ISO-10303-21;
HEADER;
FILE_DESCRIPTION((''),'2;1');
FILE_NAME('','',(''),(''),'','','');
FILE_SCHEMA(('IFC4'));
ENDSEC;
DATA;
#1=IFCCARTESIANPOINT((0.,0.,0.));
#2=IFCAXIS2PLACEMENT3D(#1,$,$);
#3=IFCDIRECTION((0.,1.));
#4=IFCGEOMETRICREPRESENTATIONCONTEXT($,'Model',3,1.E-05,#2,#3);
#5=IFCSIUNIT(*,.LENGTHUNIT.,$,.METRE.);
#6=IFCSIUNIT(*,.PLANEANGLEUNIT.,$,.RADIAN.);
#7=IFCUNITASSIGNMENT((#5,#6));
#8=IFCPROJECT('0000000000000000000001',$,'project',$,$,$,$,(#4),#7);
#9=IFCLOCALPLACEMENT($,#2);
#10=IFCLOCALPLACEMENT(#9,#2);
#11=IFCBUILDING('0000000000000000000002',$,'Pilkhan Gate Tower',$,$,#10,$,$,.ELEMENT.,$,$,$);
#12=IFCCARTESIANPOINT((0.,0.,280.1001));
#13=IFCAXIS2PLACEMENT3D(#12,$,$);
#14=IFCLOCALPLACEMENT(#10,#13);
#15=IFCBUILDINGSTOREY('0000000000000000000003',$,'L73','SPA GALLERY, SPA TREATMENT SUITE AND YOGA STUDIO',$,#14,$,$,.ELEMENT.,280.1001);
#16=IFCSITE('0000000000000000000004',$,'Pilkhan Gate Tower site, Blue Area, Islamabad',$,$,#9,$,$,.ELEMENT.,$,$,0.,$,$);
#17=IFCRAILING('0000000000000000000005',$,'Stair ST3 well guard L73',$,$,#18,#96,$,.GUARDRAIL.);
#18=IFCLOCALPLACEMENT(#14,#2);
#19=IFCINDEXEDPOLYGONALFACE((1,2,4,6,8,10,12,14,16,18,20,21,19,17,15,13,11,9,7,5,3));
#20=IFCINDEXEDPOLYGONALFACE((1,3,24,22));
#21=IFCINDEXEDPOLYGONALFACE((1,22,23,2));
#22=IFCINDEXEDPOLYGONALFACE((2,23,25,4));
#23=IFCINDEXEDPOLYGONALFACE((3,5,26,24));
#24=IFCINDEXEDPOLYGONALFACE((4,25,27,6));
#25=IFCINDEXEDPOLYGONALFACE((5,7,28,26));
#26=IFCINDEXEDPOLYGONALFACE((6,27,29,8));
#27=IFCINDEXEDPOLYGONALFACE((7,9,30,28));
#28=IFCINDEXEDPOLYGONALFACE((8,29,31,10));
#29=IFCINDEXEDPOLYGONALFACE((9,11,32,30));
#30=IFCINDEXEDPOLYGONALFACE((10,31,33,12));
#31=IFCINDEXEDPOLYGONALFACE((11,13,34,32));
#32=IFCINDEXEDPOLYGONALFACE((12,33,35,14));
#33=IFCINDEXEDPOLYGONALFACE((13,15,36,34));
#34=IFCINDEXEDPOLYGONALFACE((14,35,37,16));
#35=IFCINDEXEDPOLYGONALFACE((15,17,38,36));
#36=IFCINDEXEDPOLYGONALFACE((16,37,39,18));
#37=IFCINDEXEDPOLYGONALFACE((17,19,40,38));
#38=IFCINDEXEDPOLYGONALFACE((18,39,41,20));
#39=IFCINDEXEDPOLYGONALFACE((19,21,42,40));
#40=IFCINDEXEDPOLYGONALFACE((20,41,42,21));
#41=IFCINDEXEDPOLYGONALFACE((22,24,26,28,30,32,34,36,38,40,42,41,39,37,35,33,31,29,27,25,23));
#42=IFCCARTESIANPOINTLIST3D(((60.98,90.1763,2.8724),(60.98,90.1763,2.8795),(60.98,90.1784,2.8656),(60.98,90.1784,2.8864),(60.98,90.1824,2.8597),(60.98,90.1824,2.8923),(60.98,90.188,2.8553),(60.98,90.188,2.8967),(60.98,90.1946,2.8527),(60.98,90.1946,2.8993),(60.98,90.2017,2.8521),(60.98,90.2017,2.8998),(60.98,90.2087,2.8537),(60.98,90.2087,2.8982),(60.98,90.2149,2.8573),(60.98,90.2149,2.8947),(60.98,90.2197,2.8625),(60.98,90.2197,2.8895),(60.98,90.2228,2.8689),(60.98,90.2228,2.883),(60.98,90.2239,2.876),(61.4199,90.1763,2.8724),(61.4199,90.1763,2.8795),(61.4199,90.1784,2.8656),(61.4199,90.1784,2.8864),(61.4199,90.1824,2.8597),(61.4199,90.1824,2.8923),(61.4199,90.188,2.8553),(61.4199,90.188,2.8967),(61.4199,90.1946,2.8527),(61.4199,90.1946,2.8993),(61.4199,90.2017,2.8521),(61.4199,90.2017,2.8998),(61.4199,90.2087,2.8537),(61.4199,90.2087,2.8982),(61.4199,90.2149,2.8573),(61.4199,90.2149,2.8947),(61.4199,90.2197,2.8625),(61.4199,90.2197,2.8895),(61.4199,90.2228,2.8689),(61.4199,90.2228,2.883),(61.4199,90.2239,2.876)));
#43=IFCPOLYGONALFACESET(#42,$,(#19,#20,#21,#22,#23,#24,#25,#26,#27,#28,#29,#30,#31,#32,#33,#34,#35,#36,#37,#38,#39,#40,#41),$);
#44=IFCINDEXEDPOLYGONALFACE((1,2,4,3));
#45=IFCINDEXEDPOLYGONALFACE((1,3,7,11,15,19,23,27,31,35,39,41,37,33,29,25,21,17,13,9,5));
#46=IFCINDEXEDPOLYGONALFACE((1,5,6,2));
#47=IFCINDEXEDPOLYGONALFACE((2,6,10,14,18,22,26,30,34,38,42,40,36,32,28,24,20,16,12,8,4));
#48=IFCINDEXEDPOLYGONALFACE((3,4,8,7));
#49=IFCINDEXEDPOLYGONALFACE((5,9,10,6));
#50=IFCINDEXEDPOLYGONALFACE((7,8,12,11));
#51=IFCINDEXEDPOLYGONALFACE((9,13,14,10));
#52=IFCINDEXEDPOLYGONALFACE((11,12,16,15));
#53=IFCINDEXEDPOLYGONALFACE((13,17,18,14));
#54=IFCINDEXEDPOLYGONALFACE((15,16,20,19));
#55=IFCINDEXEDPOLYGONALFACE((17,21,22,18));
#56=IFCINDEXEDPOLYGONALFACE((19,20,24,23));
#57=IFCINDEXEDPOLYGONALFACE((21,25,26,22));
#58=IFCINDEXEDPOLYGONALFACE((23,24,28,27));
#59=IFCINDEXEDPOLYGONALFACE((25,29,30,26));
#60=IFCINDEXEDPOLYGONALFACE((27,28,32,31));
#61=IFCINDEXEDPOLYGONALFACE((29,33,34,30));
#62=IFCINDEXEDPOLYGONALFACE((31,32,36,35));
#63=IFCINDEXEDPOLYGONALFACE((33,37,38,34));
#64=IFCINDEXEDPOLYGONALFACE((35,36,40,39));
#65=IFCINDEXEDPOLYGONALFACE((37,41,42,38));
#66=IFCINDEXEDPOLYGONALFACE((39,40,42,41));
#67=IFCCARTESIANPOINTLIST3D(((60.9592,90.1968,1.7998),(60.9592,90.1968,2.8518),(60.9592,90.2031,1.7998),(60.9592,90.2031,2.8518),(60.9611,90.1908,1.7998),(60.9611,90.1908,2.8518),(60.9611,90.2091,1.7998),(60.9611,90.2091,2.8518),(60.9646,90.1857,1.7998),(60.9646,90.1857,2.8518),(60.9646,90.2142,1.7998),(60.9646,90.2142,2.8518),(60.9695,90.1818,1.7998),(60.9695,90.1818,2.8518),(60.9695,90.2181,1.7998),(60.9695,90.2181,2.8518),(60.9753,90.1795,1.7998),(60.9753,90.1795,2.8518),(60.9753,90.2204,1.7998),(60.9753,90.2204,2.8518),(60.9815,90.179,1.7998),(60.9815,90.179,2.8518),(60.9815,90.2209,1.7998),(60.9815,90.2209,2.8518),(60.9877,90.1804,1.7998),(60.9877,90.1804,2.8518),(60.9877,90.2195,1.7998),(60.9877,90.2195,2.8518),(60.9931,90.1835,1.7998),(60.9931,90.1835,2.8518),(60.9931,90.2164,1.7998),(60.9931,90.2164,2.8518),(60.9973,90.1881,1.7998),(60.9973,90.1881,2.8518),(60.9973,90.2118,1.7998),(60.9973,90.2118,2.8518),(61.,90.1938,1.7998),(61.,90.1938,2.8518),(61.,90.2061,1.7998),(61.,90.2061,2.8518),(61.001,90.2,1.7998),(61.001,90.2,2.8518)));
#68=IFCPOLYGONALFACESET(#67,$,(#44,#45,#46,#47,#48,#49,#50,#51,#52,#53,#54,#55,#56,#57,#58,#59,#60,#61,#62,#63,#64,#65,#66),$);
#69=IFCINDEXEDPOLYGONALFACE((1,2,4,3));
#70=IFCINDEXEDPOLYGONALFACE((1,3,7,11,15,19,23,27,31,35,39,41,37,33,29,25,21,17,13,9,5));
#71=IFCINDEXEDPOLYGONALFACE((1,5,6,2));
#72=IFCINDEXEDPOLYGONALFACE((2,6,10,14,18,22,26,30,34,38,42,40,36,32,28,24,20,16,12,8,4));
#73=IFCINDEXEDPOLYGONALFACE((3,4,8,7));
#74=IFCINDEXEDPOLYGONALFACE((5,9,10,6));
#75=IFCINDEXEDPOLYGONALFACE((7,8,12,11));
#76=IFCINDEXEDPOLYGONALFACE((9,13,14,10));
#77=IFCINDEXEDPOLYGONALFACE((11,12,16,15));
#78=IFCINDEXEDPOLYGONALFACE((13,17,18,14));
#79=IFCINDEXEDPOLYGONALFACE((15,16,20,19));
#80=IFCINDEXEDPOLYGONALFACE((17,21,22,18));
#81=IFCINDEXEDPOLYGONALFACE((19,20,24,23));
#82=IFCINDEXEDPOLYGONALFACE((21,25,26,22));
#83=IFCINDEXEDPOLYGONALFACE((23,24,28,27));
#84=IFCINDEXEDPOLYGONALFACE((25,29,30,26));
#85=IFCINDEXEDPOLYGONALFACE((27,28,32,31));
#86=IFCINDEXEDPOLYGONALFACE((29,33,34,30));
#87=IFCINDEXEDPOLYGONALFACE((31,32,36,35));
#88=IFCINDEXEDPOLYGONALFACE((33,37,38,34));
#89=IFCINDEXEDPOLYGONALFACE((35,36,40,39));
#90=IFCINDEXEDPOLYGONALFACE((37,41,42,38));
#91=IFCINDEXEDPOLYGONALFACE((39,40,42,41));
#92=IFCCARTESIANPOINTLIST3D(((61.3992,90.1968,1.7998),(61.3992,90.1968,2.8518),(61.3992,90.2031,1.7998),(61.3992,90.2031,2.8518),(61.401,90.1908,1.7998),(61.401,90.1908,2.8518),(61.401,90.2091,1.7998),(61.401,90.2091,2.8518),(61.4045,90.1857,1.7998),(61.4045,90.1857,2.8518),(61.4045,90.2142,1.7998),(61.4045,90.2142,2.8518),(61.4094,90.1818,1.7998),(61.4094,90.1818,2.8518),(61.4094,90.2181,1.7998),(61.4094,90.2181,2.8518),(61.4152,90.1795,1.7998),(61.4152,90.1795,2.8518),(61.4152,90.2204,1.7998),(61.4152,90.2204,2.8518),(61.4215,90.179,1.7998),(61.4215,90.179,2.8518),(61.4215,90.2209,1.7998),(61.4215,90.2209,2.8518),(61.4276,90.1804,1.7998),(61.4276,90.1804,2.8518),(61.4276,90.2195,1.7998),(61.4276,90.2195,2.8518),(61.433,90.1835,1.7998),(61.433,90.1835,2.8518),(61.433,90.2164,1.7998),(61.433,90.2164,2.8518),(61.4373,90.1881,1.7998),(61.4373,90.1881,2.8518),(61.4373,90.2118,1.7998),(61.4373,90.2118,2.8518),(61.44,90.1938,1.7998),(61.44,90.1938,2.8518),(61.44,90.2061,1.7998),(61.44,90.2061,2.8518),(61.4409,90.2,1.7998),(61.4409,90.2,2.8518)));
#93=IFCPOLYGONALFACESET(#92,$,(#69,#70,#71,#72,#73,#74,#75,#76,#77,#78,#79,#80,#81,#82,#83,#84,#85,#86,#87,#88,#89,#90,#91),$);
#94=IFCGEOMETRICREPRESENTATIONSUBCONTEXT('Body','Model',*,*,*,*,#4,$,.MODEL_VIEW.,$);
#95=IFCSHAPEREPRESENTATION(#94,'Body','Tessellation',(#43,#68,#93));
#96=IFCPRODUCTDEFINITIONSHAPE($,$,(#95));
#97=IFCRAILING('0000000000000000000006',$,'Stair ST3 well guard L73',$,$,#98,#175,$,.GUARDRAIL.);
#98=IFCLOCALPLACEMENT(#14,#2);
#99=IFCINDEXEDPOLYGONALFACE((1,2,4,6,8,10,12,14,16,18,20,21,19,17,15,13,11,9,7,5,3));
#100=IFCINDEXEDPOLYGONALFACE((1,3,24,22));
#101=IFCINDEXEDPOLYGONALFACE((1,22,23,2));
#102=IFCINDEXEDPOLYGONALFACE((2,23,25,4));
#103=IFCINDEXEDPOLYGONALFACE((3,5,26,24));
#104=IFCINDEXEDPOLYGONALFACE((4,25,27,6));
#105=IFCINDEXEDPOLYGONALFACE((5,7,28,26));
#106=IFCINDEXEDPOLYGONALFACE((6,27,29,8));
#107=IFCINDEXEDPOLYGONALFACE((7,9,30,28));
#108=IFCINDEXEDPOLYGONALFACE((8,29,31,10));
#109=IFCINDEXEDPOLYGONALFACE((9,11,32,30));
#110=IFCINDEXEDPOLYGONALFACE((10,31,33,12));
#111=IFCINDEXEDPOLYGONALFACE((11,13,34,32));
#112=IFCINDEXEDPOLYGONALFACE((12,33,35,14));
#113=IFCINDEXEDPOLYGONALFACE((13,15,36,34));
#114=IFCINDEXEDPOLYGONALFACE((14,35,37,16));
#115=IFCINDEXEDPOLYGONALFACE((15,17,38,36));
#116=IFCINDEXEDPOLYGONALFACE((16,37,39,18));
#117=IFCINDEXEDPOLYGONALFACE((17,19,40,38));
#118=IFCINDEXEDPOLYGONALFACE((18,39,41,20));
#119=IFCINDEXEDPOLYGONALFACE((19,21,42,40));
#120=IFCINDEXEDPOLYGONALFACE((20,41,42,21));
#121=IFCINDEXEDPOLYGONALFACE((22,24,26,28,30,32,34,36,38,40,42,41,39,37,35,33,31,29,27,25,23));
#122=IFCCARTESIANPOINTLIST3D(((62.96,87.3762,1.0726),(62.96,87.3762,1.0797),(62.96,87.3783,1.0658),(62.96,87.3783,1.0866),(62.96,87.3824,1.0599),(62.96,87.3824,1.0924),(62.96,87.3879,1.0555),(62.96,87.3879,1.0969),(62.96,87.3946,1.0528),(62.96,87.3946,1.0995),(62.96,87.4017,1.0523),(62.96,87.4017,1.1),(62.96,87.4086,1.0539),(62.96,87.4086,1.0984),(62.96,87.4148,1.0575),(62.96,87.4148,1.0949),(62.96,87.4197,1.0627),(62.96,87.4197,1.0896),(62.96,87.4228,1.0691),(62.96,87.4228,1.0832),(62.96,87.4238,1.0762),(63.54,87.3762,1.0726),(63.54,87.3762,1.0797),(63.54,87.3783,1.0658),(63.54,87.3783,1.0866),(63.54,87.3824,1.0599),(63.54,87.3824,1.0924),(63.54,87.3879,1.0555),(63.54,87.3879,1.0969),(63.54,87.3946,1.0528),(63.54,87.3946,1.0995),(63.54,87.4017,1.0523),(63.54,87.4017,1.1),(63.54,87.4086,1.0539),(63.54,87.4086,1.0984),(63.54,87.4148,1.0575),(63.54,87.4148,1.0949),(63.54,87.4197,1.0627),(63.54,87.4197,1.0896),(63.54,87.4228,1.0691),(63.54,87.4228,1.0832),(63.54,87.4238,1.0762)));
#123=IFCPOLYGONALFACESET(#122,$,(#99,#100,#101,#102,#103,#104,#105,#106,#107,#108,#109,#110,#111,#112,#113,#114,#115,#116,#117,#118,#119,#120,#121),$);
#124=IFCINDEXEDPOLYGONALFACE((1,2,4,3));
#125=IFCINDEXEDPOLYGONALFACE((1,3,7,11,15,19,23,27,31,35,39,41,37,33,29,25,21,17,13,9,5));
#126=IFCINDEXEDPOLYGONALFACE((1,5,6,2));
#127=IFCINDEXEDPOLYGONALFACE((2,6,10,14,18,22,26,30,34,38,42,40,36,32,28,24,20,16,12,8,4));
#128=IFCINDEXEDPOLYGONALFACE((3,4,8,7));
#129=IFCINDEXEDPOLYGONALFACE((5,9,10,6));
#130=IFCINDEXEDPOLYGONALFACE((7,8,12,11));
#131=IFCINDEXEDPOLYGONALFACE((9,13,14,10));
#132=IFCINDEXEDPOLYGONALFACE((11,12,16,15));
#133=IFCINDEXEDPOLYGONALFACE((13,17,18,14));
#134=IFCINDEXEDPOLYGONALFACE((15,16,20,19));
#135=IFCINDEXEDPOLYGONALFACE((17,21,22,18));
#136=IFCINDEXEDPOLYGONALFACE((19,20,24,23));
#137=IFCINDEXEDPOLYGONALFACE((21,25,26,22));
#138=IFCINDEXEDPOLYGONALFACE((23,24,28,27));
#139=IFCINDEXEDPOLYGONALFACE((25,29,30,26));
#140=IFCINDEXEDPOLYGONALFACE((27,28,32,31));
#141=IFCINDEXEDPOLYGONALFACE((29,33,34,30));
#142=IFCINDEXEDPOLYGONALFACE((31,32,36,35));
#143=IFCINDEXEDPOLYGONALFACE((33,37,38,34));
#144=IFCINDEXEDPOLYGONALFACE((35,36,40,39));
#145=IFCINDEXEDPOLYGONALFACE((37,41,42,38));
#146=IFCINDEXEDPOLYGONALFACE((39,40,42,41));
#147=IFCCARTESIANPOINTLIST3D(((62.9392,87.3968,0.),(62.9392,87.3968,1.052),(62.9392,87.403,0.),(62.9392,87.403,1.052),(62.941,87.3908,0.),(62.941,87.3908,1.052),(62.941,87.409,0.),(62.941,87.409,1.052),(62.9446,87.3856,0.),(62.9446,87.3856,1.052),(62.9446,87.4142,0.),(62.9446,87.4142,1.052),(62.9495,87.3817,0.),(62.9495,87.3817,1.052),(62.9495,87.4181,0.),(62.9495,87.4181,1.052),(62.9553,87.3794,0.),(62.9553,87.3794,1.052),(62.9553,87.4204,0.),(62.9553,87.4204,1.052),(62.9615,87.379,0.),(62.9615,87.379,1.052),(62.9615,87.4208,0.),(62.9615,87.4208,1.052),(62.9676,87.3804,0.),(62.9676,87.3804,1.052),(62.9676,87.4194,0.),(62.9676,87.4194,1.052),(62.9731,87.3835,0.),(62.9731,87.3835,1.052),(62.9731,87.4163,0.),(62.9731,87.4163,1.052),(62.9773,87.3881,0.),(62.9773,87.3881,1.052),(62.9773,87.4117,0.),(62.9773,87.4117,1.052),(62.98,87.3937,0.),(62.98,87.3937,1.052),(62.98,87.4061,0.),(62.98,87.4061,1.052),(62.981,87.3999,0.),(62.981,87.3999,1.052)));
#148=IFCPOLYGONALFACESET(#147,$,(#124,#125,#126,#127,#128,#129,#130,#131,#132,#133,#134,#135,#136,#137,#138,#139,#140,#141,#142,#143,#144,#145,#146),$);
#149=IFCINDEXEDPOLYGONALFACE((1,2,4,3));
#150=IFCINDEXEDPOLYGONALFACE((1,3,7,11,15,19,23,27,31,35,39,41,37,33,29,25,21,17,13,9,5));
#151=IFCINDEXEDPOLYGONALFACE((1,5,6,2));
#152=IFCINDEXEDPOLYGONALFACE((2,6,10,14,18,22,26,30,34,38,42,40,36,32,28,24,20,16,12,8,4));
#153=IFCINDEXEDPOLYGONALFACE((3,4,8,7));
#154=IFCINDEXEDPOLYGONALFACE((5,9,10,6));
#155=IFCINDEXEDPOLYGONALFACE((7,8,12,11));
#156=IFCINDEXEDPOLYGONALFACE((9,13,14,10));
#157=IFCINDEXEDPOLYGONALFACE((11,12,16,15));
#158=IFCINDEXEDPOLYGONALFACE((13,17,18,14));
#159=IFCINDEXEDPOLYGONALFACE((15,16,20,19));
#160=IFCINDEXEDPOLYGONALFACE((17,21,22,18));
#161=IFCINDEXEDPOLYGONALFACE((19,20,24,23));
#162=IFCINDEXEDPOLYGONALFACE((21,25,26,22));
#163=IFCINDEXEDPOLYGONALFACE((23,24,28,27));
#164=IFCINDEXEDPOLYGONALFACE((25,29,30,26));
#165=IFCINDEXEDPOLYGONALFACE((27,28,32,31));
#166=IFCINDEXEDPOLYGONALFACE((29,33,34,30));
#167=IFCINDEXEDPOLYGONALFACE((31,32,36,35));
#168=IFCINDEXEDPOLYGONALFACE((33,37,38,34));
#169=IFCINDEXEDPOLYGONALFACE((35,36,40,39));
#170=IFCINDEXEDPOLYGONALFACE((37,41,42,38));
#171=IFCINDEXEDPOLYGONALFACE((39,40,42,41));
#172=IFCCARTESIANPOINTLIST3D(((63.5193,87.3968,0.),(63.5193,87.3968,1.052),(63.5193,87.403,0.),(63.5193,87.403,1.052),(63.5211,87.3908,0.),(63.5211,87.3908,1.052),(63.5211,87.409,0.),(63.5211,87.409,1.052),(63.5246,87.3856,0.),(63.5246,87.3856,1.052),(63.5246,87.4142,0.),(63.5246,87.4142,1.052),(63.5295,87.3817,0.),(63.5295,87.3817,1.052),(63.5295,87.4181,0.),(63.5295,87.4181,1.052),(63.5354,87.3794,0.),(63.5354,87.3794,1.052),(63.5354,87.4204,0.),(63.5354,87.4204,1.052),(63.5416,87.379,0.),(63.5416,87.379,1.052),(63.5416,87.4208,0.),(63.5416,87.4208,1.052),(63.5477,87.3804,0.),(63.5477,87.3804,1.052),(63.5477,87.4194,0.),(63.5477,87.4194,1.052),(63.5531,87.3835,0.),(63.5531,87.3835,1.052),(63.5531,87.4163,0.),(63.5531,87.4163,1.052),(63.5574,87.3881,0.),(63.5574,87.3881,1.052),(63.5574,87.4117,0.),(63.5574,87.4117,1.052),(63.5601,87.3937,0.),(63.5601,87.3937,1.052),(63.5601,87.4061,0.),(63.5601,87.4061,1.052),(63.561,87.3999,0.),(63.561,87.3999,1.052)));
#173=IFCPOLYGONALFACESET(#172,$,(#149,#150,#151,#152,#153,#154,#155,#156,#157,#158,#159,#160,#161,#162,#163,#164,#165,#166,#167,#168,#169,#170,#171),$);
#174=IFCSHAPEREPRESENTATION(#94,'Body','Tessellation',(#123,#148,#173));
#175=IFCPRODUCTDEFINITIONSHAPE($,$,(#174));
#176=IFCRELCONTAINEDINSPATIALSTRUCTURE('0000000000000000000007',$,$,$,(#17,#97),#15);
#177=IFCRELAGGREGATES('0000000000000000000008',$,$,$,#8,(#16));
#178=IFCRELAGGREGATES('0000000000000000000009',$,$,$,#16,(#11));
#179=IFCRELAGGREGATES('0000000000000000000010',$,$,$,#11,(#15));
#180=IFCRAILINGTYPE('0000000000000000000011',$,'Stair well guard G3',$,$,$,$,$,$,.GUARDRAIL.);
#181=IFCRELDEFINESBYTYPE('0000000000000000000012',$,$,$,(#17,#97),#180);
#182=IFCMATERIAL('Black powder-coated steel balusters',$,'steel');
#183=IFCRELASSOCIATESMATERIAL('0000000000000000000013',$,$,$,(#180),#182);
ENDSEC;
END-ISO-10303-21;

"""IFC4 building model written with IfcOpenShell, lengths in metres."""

from ifc_helpers import new_model, si_unit, direction, frame, origin, origin_2d, place, context, subcontext, project, spatial, circle, extrude, material, type_object, element, save


model = new_model("IFC4")

# Units and contexts
model_context = context("Model", 3, precision=1e-05, world=origin(), true_north=direction((0.0, 1.0)))
body_context = subcontext(model_context, "Body", "Model", "MODEL_VIEW")
ifc_project = project(units=[si_unit("LENGTHUNIT", "METRE"), si_unit("PLANEANGLEUNIT", "RADIAN")], contexts=[model_context])

# Site, building, storey
site_placement = place(None, origin())
site = spatial("IfcSite", under=ifc_project, at=site_placement, Name="Pilkhan Gate Tower site, Blue Area, Islamabad", CompositionType="ELEMENT", RefElevation=0.0)
building_placement = place(site_placement, origin())
building = spatial("IfcBuilding", under=site, at=building_placement, Name="Pilkhan Gate Tower", CompositionType="ELEMENT")
storey_placement = place(building_placement, frame((0.0, 0.0, 280.1001)))
storey = spatial("IfcBuildingStorey", under=building, at=storey_placement, Name="L73", Description="SPA GALLERY, SPA TREATMENT SUITE AND YOGA STUDIO", CompositionType="ELEMENT", Elevation=280.1001)

# Railings
ifc_material_1 = material(Name="Black powder-coated steel balusters", Category="steel")
railing_type_1 = type_object("IfcRailingType", Name="Stair well guard G3", PredefinedType="GUARDRAIL", material=ifc_material_1)
railing_1_placement = place(storey_placement, frame((60.98, 90.2, 1.7998)))
element("IfcRailing", 1, at=railing_1_placement, inside=storey, type_object=railing_type_1, Name="Stair ST3 well guard L73", PredefinedType="GUARDRAIL", context=body_context, shape_type="SweptSolid", body=[
    extrude(circle(Radius=0.0239, at=origin_2d()), frame((0.0, 0.0, 1.0762), z_axis=(1.0, 0.0, 0.0), x_axis=(0.0, 1.0, 0.0)), (0.0, 0.0, 1.0), 0.4399),
    extrude(circle(Radius=0.021, at=origin_2d()), origin(), (0.0, 0.0, 1.0), 1.052),
    extrude(circle(Radius=0.021, at=origin_2d()), frame((0.4399, 0.0, 0.0)), (0.0, 0.0, 1.0), 1.052),
])
for number, where, name in (
    (2, (62.96, 87.3999, 0.0), "Stair ST3 well guard L73"),
):
    element("IfcRailing", number, at=place(storey_placement, frame(where)), inside=storey, type_object=railing_type_1, Name=name, PredefinedType="GUARDRAIL", context=body_context, shape_type="SweptSolid", body=[
        extrude(circle(Radius=0.0239, at=origin_2d()), frame((0.0, 0.0, 1.0762), z_axis=(1.0, 0.0, 0.0), x_axis=(0.0, 1.0, 0.0)), (0.0, 0.0, 1.0), 0.5801),
        extrude(circle(Radius=0.021, at=origin_2d()), origin(), (0.0, 0.0, 1.0), 1.052),
        extrude(circle(Radius=0.021, at=origin_2d()), frame((0.5801, 0.0, 0.0)), (0.0, 0.0, 1.0), 1.052),
    ])

save(model, "model.ifc")
